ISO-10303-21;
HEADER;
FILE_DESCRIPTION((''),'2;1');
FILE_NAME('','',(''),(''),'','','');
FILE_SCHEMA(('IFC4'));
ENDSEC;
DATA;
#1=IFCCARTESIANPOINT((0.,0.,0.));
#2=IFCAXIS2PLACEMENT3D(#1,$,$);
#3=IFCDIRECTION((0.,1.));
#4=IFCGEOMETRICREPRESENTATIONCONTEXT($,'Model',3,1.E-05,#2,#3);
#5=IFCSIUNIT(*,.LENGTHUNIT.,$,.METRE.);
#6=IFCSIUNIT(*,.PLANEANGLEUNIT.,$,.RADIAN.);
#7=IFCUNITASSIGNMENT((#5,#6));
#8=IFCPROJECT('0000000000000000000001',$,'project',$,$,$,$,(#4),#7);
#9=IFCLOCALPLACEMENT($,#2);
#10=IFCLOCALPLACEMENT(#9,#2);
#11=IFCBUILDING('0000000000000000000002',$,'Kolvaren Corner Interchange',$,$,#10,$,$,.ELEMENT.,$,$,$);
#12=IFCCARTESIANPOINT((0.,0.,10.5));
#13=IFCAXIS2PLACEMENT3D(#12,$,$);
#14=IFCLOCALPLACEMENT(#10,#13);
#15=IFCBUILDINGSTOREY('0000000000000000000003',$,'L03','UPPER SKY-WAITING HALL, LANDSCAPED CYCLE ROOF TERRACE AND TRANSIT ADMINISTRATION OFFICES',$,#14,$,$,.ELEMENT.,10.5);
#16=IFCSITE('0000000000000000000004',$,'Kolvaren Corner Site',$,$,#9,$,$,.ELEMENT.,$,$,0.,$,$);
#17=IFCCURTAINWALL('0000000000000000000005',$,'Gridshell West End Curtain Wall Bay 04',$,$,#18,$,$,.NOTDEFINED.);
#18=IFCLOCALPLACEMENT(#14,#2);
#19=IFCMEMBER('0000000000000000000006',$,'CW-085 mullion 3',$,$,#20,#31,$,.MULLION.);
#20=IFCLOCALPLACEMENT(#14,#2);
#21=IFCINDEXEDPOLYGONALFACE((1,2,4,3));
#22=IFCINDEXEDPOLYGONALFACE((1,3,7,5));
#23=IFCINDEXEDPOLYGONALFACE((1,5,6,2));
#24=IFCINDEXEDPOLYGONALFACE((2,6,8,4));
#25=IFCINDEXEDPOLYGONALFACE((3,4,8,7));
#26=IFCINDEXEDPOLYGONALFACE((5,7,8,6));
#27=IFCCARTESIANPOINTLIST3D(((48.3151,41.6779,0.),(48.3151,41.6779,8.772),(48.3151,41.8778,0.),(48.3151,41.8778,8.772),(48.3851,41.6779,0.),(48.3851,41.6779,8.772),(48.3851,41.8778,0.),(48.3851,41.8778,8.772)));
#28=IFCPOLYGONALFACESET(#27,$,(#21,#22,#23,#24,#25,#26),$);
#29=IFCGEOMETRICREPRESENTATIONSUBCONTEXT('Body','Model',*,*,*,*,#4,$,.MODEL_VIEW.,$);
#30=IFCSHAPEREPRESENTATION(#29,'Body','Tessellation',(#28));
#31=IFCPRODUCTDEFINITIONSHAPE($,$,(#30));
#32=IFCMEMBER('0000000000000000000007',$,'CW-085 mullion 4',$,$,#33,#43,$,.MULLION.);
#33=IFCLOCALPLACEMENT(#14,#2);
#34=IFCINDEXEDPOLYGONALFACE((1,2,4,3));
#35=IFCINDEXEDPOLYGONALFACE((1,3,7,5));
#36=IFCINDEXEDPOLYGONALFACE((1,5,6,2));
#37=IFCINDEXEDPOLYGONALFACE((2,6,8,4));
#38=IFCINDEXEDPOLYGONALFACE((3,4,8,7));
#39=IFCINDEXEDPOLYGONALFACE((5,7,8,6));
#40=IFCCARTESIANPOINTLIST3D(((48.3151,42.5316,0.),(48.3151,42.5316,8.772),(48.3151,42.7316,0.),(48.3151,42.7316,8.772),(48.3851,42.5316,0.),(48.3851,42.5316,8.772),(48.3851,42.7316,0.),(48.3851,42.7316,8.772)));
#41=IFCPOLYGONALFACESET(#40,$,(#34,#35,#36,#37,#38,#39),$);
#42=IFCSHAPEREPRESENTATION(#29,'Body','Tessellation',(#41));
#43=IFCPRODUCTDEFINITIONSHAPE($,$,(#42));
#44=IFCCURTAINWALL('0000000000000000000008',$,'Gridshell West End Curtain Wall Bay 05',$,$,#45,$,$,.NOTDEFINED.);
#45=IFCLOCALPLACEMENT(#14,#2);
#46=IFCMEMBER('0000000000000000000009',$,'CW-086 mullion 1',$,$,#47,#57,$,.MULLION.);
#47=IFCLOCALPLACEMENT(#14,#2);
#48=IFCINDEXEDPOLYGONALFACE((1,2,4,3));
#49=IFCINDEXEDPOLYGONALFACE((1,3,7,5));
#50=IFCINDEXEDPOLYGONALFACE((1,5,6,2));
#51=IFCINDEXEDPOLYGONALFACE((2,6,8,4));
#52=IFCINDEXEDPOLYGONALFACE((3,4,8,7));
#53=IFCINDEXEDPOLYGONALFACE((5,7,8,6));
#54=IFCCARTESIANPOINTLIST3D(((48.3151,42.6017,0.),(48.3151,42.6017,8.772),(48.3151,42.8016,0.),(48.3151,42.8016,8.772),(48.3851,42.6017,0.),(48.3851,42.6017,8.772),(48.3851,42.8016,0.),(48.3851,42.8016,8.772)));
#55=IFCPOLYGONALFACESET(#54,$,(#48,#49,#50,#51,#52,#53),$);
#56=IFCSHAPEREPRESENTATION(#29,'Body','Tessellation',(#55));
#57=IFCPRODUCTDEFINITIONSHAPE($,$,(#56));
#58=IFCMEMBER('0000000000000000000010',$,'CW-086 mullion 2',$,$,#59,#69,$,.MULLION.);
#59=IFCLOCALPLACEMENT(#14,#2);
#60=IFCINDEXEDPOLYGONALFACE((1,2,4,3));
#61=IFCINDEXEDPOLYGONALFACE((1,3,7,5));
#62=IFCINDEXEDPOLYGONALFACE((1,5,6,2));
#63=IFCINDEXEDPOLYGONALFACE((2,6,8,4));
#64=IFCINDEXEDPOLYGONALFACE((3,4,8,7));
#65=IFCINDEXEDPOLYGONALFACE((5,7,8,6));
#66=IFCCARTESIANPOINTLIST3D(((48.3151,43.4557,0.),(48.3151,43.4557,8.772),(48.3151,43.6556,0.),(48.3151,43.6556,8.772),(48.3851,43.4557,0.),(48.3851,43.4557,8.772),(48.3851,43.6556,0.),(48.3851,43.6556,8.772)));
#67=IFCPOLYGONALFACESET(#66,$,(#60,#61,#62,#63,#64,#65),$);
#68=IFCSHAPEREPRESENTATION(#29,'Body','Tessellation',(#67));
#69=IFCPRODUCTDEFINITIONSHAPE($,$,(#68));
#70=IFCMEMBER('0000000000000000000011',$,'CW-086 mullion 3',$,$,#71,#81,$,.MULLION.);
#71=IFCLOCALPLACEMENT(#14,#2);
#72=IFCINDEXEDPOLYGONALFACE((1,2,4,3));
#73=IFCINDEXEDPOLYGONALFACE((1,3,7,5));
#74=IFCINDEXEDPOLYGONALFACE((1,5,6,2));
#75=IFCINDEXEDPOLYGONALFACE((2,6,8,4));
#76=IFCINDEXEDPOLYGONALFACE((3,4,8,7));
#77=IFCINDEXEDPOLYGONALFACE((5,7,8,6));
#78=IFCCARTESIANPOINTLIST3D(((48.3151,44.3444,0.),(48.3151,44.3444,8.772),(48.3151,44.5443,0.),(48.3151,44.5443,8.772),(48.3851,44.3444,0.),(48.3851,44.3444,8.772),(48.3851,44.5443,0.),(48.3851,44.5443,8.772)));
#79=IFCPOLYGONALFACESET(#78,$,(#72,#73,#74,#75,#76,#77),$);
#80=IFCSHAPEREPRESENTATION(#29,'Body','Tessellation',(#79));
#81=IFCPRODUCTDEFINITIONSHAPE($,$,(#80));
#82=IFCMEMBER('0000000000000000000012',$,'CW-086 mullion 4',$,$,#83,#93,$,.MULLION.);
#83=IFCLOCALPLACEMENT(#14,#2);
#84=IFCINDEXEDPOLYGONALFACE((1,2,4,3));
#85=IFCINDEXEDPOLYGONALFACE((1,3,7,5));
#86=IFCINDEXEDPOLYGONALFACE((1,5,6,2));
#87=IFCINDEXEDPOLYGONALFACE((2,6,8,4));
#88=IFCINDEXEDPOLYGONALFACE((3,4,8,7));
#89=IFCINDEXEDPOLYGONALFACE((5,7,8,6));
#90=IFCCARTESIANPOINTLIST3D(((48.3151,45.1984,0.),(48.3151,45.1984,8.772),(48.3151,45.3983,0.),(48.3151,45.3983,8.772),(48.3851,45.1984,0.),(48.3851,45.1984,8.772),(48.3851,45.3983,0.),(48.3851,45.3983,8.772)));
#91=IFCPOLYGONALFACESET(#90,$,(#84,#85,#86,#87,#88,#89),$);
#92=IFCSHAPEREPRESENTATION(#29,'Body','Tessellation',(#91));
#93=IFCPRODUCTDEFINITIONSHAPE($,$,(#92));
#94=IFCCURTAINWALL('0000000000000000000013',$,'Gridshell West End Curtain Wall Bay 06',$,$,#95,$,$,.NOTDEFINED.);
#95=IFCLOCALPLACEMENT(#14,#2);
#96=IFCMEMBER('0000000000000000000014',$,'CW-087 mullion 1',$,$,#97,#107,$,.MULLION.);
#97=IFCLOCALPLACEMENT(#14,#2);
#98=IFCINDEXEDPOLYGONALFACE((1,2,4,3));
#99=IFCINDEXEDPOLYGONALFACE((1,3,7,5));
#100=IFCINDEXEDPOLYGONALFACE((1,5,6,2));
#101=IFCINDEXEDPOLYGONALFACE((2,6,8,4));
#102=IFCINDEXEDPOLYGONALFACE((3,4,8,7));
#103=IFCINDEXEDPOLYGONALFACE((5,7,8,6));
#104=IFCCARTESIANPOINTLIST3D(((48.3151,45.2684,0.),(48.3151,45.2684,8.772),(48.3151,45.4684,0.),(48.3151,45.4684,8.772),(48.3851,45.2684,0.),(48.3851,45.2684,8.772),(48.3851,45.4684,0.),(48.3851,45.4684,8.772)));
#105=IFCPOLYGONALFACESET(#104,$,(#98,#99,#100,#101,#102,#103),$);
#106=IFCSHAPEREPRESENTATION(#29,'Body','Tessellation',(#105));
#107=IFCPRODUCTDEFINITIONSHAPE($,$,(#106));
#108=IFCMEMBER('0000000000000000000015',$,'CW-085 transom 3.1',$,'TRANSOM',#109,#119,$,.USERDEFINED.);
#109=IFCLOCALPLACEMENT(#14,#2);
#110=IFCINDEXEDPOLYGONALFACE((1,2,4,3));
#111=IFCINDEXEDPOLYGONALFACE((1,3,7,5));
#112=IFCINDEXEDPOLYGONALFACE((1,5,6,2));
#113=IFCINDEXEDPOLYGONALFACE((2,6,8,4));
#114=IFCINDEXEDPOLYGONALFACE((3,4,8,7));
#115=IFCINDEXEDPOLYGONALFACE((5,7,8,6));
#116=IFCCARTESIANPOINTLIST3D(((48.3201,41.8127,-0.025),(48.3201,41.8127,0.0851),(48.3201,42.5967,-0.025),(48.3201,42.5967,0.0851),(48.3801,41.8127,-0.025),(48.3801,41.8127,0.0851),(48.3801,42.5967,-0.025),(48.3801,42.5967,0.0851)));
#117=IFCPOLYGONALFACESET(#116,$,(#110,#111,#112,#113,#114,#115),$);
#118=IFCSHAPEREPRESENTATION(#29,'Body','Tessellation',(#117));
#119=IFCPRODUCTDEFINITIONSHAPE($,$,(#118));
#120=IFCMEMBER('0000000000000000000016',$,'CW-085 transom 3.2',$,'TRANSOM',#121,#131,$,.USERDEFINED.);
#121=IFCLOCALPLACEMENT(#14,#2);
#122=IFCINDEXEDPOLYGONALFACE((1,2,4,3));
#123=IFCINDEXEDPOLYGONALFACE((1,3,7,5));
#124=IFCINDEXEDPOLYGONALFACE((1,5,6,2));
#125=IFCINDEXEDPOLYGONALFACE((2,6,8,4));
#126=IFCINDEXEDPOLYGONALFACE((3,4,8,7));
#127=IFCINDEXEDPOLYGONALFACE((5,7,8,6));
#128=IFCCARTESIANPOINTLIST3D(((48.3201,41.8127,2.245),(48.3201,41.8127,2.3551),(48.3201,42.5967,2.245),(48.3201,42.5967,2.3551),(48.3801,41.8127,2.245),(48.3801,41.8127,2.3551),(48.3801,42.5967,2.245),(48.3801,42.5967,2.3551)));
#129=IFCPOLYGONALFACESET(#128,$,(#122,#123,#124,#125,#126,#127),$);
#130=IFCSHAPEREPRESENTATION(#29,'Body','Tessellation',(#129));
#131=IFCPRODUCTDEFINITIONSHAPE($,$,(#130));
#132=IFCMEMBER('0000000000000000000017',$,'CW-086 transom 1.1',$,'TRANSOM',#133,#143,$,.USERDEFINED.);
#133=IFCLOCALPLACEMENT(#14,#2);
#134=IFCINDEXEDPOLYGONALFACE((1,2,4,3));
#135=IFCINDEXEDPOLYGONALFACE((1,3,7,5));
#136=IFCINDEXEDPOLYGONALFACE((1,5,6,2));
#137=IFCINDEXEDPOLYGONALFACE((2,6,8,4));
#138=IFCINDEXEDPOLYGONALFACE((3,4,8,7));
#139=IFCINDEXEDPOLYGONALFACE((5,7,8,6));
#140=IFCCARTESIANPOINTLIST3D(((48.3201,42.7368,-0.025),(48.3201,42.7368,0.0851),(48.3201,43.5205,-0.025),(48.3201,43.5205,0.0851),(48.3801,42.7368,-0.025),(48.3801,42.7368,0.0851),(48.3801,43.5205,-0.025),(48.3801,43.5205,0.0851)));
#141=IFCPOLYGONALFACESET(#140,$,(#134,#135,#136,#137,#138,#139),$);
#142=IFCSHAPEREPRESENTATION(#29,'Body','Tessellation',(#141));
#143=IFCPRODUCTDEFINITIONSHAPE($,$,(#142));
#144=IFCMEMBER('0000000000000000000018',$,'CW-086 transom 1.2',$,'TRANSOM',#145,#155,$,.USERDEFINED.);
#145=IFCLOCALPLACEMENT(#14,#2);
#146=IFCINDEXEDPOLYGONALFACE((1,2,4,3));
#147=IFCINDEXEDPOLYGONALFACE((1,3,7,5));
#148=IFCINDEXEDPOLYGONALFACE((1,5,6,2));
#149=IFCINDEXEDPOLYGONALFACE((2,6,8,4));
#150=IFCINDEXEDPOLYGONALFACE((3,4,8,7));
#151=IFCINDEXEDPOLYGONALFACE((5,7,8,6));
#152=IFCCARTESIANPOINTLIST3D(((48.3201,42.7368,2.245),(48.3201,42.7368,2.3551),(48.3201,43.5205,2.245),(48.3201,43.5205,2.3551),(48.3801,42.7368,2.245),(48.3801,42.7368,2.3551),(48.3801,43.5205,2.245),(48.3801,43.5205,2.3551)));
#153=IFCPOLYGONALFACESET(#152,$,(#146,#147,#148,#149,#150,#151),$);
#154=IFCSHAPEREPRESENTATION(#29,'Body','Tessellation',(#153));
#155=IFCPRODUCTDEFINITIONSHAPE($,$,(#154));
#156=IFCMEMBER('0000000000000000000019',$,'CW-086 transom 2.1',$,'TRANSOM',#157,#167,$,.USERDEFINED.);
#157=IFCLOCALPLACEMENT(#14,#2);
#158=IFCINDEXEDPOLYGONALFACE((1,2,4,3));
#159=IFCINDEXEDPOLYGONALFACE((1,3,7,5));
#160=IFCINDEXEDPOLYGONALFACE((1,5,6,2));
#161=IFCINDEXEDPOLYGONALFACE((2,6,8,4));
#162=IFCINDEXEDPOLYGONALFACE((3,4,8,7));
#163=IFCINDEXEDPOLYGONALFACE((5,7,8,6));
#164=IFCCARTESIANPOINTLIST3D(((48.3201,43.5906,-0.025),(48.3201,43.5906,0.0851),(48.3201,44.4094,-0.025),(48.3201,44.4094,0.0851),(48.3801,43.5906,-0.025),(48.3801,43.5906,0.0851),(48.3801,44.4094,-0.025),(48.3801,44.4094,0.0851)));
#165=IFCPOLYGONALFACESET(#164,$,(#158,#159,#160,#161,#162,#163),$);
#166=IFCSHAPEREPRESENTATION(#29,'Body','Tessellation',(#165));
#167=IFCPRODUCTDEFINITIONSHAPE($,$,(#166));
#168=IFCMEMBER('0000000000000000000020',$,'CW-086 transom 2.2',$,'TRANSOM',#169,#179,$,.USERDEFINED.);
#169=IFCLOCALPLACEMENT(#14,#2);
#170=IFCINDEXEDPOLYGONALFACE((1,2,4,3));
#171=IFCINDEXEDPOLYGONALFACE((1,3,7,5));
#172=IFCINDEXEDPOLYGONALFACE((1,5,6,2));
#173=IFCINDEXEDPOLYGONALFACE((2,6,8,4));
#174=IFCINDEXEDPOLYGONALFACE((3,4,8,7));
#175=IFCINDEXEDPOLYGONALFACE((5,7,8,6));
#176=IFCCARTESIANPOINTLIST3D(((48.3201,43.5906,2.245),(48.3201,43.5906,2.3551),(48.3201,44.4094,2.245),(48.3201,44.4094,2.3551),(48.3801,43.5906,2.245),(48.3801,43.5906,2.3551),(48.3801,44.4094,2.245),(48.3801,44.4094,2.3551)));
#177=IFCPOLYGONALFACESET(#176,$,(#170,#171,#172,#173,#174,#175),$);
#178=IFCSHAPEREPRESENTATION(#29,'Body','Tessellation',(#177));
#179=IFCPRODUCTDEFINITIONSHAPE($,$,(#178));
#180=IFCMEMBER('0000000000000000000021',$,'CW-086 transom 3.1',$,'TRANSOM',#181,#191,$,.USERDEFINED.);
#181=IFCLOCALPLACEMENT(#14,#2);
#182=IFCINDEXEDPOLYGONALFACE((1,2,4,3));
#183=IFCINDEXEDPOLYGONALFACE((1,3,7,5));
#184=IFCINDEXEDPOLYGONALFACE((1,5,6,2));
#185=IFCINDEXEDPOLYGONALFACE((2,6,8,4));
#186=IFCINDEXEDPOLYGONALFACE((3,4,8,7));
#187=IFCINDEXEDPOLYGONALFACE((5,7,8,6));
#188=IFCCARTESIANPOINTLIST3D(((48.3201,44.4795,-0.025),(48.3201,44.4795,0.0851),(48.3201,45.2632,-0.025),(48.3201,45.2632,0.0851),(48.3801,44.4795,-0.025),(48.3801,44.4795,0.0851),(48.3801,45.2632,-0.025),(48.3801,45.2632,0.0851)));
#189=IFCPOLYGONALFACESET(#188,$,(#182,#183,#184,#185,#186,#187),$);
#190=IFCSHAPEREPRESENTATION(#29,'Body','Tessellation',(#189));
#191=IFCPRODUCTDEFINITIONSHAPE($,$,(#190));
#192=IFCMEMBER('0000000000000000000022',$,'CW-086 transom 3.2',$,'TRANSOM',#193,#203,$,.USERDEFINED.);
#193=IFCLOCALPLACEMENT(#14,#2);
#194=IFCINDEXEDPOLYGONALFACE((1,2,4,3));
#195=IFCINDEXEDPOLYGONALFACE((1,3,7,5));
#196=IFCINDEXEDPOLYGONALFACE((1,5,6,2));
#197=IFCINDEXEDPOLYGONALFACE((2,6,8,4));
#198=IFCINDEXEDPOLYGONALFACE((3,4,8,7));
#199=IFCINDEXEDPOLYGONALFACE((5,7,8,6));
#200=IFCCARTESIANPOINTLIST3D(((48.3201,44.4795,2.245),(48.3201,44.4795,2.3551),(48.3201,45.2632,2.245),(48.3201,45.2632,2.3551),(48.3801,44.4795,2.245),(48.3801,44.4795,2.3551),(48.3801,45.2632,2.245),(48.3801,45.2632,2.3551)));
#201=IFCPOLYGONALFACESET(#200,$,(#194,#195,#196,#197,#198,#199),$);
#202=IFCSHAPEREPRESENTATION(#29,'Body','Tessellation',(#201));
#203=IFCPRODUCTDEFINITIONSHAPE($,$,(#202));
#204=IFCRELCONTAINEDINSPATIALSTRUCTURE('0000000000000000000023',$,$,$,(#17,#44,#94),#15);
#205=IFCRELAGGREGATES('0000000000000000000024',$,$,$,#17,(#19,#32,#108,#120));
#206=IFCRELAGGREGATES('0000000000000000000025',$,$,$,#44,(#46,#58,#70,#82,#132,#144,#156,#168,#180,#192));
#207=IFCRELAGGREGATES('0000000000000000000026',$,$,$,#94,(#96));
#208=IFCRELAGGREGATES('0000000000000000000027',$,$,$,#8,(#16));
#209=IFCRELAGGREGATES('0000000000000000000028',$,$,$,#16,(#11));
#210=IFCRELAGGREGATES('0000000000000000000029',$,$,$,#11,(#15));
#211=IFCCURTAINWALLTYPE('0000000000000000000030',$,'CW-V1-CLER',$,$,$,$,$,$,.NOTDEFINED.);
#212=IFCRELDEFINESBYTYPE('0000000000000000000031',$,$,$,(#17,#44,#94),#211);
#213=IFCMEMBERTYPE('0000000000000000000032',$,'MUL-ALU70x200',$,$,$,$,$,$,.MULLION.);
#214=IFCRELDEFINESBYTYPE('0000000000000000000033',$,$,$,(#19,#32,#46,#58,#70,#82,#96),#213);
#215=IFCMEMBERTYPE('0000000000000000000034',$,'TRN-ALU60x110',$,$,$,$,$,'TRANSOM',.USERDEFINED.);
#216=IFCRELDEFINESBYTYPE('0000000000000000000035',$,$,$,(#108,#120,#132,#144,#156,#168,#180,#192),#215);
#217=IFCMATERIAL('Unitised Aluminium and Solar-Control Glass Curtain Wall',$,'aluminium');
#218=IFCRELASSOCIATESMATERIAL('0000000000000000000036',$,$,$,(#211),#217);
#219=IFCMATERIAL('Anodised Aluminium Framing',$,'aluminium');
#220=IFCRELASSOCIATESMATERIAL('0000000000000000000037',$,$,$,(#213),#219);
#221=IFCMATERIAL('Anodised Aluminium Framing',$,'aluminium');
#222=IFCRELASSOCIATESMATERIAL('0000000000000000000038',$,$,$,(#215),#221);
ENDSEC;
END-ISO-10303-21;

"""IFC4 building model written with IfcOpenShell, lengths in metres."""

from ifc_helpers import new_model, si_unit, direction, frame, origin, origin_2d, place, context, subcontext, project, spatial, rectangle, extrude, material, material_profile, profile_set, type_object, element, aggregate, save


model = new_model("IFC4")

# Units and contexts
model_context = context("Model", 3, precision=1e-05, world=origin(), true_north=direction((0.0, 1.0)))
body_context = subcontext(model_context, "Body", "Model", "MODEL_VIEW")
ifc_project = project(units=[si_unit("LENGTHUNIT", "METRE"), si_unit("PLANEANGLEUNIT", "RADIAN")], contexts=[model_context])

# Site, building, storey
site_placement = place(None, origin())
site = spatial("IfcSite", under=ifc_project, at=site_placement, Name="Kolvaren Corner Site", CompositionType="ELEMENT", RefElevation=0.0)
building_placement = place(site_placement, origin())
building = spatial("IfcBuilding", under=site, at=building_placement, Name="Kolvaren Corner Interchange", CompositionType="ELEMENT")
storey_placement = place(building_placement, frame((0.0, 0.0, 10.5)))
storey = spatial("IfcBuildingStorey", under=building, at=storey_placement, Name="L03", Description="UPPER SKY-WAITING HALL, LANDSCAPED CYCLE ROOF TERRACE AND TRANSIT ADMINISTRATION OFFICES", CompositionType="ELEMENT", Elevation=10.5)

# Curtain walls, members
ifc_material_1 = material(Name="Unitised Aluminium and Solar-Control Glass Curtain Wall", Category="aluminium")
curtain_wall_type = type_object("IfcCurtainWallType", Name="CW-V1-CLER", PredefinedType="NOTDEFINED", material=ifc_material_1)
curtain_wall_1_placement = place(storey_placement, origin())
curtain_wall_1 = element("IfcCurtainWall", 1, at=curtain_wall_1_placement, inside=storey, type_object=curtain_wall_type, Name="Gridshell West End Curtain Wall Bay 04", PredefinedType="NOTDEFINED")
ifc_material_2 = material(Name="Anodised Aluminium Framing", Category="aluminium")
ifc_material_profile_1 = material_profile(ifc_material_2, rectangle(XDim=0.0701, YDim=0.2, at=origin_2d()), Name="ALU 70x200")
ifc_profile_set_1 = profile_set([ifc_material_profile_1], Name="Anodised Aluminium Framing")
member_type_1 = type_object("IfcMemberType", Name="MUL-ALU70x200", PredefinedType="MULLION", material=ifc_profile_set_1)
member_1_placement = place(storey_placement, frame((48.3501, 41.7778, 0.0), z_axis=(0.0, 0.0, 1.0), x_axis=(-1.0, 0.0, 0.0)))
member_1 = element("IfcMember", 2, at=member_1_placement, type_object=member_type_1, Name="CW-085 mullion 3", PredefinedType="MULLION", context=body_context, shape_type="SweptSolid", body=[
    extrude(rectangle(XDim=0.0701, YDim=0.2, at=origin_2d()), origin(), (0.0, 0.0, 1.0), 8.772),
])
member_2_placement = place(storey_placement, frame((48.3501, 42.6316, 0.0), z_axis=(0.0, 0.0, 1.0), x_axis=(-1.0, 0.0, 0.0)))
member_2 = element("IfcMember", 3, at=member_2_placement, type_object=member_type_1, Name="CW-085 mullion 4", PredefinedType="MULLION", context=body_context, shape_type="SweptSolid", body=[
    extrude(rectangle(XDim=0.0701, YDim=0.2, at=origin_2d()), origin(), (0.0, 0.0, 1.0), 8.772),
])
curtain_wall_2_placement = place(storey_placement, origin())
curtain_wall_2 = element("IfcCurtainWall", 4, at=curtain_wall_2_placement, inside=storey, type_object=curtain_wall_type, Name="Gridshell West End Curtain Wall Bay 05", PredefinedType="NOTDEFINED")
member_3_placement = place(storey_placement, frame((48.3501, 42.7017, 0.0), z_axis=(0.0, 0.0, 1.0), x_axis=(-1.0, 0.0, 0.0)))
member_3 = element("IfcMember", 5, at=member_3_placement, type_object=member_type_1, Name="CW-086 mullion 1", PredefinedType="MULLION", context=body_context, shape_type="SweptSolid", body=[
    extrude(rectangle(XDim=0.0701, YDim=0.2, at=origin_2d()), origin(), (0.0, 0.0, 1.0), 8.772),
])
member_4_placement = place(storey_placement, frame((48.3501, 43.5557, 0.0), z_axis=(0.0, 0.0, 1.0), x_axis=(-1.0, 0.0, 0.0)))
member_4 = element("IfcMember", 6, at=member_4_placement, type_object=member_type_1, Name="CW-086 mullion 2", PredefinedType="MULLION", context=body_context, shape_type="SweptSolid", body=[
    extrude(rectangle(XDim=0.0701, YDim=0.2, at=origin_2d()), origin(), (0.0, 0.0, 1.0), 8.772),
])
member_5_placement = place(storey_placement, frame((48.3501, 44.4443, 0.0), z_axis=(0.0, 0.0, 1.0), x_axis=(-1.0, 0.0, 0.0)))
member_5 = element("IfcMember", 7, at=member_5_placement, type_object=member_type_1, Name="CW-086 mullion 3", PredefinedType="MULLION", context=body_context, shape_type="SweptSolid", body=[
    extrude(rectangle(XDim=0.0701, YDim=0.2, at=origin_2d()), origin(), (0.0, 0.0, 1.0), 8.772),
])
member_6_placement = place(storey_placement, frame((48.3501, 45.2983, 0.0), z_axis=(0.0, 0.0, 1.0), x_axis=(-1.0, 0.0, 0.0)))
member_6 = element("IfcMember", 8, at=member_6_placement, type_object=member_type_1, Name="CW-086 mullion 4", PredefinedType="MULLION", context=body_context, shape_type="SweptSolid", body=[
    extrude(rectangle(XDim=0.0701, YDim=0.2, at=origin_2d()), origin(), (0.0, 0.0, 1.0), 8.772),
])

# Curtain wall, member
curtain_wall_3_placement = place(storey_placement, origin())
curtain_wall_3 = element("IfcCurtainWall", 9, at=curtain_wall_3_placement, inside=storey, type_object=curtain_wall_type, Name="Gridshell West End Curtain Wall Bay 06", PredefinedType="NOTDEFINED")
member_7_placement = place(storey_placement, frame((48.3501, 45.3684, 0.0), z_axis=(0.0, 0.0, 1.0), x_axis=(-1.0, 0.0, 0.0)))
member_7 = element("IfcMember", 10, at=member_7_placement, type_object=member_type_1, Name="CW-087 mullion 1", PredefinedType="MULLION", context=body_context, shape_type="SweptSolid", body=[
    extrude(rectangle(XDim=0.0701, YDim=0.2, at=origin_2d()), origin(), (0.0, 0.0, 1.0), 8.772),
])

# Members
ifc_material_3 = material(Name="Anodised Aluminium Framing", Category="aluminium")
ifc_material_profile_2 = material_profile(ifc_material_3, rectangle(XDim=0.0601, YDim=0.1101, at=origin_2d()), Name="ALU 60x110")
ifc_profile_set_2 = profile_set([ifc_material_profile_2], Name="Anodised Aluminium Framing")
member_type_2 = type_object("IfcMemberType", Name="TRN-ALU60x110", ElementType="TRANSOM", PredefinedType="USERDEFINED", material=ifc_profile_set_2)
member_8_placement = place(storey_placement, frame((48.3501, 41.8127, 0.03), z_axis=(0.0, 1.0, 0.0), x_axis=(-1.0, 0.0, 0.0)))
member_8 = element("IfcMember", 11, at=member_8_placement, type_object=member_type_2, Name="CW-085 transom 3.1", ObjectType="TRANSOM", PredefinedType="USERDEFINED", context=body_context, shape_type="SweptSolid", body=[
    extrude(rectangle(XDim=0.0601, YDim=0.1101, at=origin_2d()), origin(), (0.0, 0.0, 1.0), 0.7839),
])
member_9_placement = place(storey_placement, frame((48.3501, 41.8127, 2.3), z_axis=(0.0, 1.0, 0.0), x_axis=(-1.0, 0.0, 0.0)))
member_9 = element("IfcMember", 12, at=member_9_placement, type_object=member_type_2, Name="CW-085 transom 3.2", ObjectType="TRANSOM", PredefinedType="USERDEFINED", context=body_context, shape_type="SweptSolid", body=[
    extrude(rectangle(XDim=0.0601, YDim=0.1101, at=origin_2d()), origin(), (0.0, 0.0, 1.0), 0.7839),
])
member_10_placement = place(storey_placement, frame((48.3501, 42.7368, 0.03), z_axis=(0.0, 1.0, 0.0), x_axis=(-1.0, 0.0, 0.0)))
member_10 = element("IfcMember", 13, at=member_10_placement, type_object=member_type_2, Name="CW-086 transom 1.1", ObjectType="TRANSOM", PredefinedType="USERDEFINED", context=body_context, shape_type="SweptSolid", body=[
    extrude(rectangle(XDim=0.0601, YDim=0.1101, at=origin_2d()), origin(), (0.0, 0.0, 1.0), 0.7837),
])
member_11_placement = place(storey_placement, frame((48.3501, 42.7368, 2.3), z_axis=(0.0, 1.0, 0.0), x_axis=(-1.0, 0.0, 0.0)))
member_11 = element("IfcMember", 14, at=member_11_placement, type_object=member_type_2, Name="CW-086 transom 1.2", ObjectType="TRANSOM", PredefinedType="USERDEFINED", context=body_context, shape_type="SweptSolid", body=[
    extrude(rectangle(XDim=0.0601, YDim=0.1101, at=origin_2d()), origin(), (0.0, 0.0, 1.0), 0.7837),
])
member_12_placement = place(storey_placement, frame((48.3501, 43.5906, 0.03), z_axis=(0.0, 1.0, 0.0), x_axis=(-1.0, 0.0, 0.0)))
member_12 = element("IfcMember", 15, at=member_12_placement, type_object=member_type_2, Name="CW-086 transom 2.1", ObjectType="TRANSOM", PredefinedType="USERDEFINED", context=body_context, shape_type="SweptSolid", body=[
    extrude(rectangle(XDim=0.0601, YDim=0.1101, at=origin_2d()), origin(), (0.0, 0.0, 1.0), 0.8188),
])
member_13_placement = place(storey_placement, frame((48.3501, 43.5906, 2.3), z_axis=(0.0, 1.0, 0.0), x_axis=(-1.0, 0.0, 0.0)))
member_13 = element("IfcMember", 16, at=member_13_placement, type_object=member_type_2, Name="CW-086 transom 2.2", ObjectType="TRANSOM", PredefinedType="USERDEFINED", context=body_context, shape_type="SweptSolid", body=[
    extrude(rectangle(XDim=0.0601, YDim=0.1101, at=origin_2d()), origin(), (0.0, 0.0, 1.0), 0.8188),
])
member_14_placement = place(storey_placement, frame((48.3501, 44.4795, 0.03), z_axis=(0.0, 1.0, 0.0), x_axis=(-1.0, 0.0, 0.0)))
member_14 = element("IfcMember", 17, at=member_14_placement, type_object=member_type_2, Name="CW-086 transom 3.1", ObjectType="TRANSOM", PredefinedType="USERDEFINED", context=body_context, shape_type="SweptSolid", body=[
    extrude(rectangle(XDim=0.0601, YDim=0.1101, at=origin_2d()), origin(), (0.0, 0.0, 1.0), 0.7837),
])
member_15_placement = place(storey_placement, frame((48.3501, 44.4795, 2.3), z_axis=(0.0, 1.0, 0.0), x_axis=(-1.0, 0.0, 0.0)))
member_15 = element("IfcMember", 18, at=member_15_placement, type_object=member_type_2, Name="CW-086 transom 3.2", ObjectType="TRANSOM", PredefinedType="USERDEFINED", context=body_context, shape_type="SweptSolid", body=[
    extrude(rectangle(XDim=0.0601, YDim=0.1101, at=origin_2d()), origin(), (0.0, 0.0, 1.0), 0.7837),
])

aggregate(curtain_wall_1, [member_1, member_2, member_8, member_9])
aggregate(curtain_wall_2, [member_3, member_4, member_5, member_6, member_10, member_11, member_12, member_13, member_14, member_15])
aggregate(curtain_wall_3, [member_7])

save(model, "model.ifc")
